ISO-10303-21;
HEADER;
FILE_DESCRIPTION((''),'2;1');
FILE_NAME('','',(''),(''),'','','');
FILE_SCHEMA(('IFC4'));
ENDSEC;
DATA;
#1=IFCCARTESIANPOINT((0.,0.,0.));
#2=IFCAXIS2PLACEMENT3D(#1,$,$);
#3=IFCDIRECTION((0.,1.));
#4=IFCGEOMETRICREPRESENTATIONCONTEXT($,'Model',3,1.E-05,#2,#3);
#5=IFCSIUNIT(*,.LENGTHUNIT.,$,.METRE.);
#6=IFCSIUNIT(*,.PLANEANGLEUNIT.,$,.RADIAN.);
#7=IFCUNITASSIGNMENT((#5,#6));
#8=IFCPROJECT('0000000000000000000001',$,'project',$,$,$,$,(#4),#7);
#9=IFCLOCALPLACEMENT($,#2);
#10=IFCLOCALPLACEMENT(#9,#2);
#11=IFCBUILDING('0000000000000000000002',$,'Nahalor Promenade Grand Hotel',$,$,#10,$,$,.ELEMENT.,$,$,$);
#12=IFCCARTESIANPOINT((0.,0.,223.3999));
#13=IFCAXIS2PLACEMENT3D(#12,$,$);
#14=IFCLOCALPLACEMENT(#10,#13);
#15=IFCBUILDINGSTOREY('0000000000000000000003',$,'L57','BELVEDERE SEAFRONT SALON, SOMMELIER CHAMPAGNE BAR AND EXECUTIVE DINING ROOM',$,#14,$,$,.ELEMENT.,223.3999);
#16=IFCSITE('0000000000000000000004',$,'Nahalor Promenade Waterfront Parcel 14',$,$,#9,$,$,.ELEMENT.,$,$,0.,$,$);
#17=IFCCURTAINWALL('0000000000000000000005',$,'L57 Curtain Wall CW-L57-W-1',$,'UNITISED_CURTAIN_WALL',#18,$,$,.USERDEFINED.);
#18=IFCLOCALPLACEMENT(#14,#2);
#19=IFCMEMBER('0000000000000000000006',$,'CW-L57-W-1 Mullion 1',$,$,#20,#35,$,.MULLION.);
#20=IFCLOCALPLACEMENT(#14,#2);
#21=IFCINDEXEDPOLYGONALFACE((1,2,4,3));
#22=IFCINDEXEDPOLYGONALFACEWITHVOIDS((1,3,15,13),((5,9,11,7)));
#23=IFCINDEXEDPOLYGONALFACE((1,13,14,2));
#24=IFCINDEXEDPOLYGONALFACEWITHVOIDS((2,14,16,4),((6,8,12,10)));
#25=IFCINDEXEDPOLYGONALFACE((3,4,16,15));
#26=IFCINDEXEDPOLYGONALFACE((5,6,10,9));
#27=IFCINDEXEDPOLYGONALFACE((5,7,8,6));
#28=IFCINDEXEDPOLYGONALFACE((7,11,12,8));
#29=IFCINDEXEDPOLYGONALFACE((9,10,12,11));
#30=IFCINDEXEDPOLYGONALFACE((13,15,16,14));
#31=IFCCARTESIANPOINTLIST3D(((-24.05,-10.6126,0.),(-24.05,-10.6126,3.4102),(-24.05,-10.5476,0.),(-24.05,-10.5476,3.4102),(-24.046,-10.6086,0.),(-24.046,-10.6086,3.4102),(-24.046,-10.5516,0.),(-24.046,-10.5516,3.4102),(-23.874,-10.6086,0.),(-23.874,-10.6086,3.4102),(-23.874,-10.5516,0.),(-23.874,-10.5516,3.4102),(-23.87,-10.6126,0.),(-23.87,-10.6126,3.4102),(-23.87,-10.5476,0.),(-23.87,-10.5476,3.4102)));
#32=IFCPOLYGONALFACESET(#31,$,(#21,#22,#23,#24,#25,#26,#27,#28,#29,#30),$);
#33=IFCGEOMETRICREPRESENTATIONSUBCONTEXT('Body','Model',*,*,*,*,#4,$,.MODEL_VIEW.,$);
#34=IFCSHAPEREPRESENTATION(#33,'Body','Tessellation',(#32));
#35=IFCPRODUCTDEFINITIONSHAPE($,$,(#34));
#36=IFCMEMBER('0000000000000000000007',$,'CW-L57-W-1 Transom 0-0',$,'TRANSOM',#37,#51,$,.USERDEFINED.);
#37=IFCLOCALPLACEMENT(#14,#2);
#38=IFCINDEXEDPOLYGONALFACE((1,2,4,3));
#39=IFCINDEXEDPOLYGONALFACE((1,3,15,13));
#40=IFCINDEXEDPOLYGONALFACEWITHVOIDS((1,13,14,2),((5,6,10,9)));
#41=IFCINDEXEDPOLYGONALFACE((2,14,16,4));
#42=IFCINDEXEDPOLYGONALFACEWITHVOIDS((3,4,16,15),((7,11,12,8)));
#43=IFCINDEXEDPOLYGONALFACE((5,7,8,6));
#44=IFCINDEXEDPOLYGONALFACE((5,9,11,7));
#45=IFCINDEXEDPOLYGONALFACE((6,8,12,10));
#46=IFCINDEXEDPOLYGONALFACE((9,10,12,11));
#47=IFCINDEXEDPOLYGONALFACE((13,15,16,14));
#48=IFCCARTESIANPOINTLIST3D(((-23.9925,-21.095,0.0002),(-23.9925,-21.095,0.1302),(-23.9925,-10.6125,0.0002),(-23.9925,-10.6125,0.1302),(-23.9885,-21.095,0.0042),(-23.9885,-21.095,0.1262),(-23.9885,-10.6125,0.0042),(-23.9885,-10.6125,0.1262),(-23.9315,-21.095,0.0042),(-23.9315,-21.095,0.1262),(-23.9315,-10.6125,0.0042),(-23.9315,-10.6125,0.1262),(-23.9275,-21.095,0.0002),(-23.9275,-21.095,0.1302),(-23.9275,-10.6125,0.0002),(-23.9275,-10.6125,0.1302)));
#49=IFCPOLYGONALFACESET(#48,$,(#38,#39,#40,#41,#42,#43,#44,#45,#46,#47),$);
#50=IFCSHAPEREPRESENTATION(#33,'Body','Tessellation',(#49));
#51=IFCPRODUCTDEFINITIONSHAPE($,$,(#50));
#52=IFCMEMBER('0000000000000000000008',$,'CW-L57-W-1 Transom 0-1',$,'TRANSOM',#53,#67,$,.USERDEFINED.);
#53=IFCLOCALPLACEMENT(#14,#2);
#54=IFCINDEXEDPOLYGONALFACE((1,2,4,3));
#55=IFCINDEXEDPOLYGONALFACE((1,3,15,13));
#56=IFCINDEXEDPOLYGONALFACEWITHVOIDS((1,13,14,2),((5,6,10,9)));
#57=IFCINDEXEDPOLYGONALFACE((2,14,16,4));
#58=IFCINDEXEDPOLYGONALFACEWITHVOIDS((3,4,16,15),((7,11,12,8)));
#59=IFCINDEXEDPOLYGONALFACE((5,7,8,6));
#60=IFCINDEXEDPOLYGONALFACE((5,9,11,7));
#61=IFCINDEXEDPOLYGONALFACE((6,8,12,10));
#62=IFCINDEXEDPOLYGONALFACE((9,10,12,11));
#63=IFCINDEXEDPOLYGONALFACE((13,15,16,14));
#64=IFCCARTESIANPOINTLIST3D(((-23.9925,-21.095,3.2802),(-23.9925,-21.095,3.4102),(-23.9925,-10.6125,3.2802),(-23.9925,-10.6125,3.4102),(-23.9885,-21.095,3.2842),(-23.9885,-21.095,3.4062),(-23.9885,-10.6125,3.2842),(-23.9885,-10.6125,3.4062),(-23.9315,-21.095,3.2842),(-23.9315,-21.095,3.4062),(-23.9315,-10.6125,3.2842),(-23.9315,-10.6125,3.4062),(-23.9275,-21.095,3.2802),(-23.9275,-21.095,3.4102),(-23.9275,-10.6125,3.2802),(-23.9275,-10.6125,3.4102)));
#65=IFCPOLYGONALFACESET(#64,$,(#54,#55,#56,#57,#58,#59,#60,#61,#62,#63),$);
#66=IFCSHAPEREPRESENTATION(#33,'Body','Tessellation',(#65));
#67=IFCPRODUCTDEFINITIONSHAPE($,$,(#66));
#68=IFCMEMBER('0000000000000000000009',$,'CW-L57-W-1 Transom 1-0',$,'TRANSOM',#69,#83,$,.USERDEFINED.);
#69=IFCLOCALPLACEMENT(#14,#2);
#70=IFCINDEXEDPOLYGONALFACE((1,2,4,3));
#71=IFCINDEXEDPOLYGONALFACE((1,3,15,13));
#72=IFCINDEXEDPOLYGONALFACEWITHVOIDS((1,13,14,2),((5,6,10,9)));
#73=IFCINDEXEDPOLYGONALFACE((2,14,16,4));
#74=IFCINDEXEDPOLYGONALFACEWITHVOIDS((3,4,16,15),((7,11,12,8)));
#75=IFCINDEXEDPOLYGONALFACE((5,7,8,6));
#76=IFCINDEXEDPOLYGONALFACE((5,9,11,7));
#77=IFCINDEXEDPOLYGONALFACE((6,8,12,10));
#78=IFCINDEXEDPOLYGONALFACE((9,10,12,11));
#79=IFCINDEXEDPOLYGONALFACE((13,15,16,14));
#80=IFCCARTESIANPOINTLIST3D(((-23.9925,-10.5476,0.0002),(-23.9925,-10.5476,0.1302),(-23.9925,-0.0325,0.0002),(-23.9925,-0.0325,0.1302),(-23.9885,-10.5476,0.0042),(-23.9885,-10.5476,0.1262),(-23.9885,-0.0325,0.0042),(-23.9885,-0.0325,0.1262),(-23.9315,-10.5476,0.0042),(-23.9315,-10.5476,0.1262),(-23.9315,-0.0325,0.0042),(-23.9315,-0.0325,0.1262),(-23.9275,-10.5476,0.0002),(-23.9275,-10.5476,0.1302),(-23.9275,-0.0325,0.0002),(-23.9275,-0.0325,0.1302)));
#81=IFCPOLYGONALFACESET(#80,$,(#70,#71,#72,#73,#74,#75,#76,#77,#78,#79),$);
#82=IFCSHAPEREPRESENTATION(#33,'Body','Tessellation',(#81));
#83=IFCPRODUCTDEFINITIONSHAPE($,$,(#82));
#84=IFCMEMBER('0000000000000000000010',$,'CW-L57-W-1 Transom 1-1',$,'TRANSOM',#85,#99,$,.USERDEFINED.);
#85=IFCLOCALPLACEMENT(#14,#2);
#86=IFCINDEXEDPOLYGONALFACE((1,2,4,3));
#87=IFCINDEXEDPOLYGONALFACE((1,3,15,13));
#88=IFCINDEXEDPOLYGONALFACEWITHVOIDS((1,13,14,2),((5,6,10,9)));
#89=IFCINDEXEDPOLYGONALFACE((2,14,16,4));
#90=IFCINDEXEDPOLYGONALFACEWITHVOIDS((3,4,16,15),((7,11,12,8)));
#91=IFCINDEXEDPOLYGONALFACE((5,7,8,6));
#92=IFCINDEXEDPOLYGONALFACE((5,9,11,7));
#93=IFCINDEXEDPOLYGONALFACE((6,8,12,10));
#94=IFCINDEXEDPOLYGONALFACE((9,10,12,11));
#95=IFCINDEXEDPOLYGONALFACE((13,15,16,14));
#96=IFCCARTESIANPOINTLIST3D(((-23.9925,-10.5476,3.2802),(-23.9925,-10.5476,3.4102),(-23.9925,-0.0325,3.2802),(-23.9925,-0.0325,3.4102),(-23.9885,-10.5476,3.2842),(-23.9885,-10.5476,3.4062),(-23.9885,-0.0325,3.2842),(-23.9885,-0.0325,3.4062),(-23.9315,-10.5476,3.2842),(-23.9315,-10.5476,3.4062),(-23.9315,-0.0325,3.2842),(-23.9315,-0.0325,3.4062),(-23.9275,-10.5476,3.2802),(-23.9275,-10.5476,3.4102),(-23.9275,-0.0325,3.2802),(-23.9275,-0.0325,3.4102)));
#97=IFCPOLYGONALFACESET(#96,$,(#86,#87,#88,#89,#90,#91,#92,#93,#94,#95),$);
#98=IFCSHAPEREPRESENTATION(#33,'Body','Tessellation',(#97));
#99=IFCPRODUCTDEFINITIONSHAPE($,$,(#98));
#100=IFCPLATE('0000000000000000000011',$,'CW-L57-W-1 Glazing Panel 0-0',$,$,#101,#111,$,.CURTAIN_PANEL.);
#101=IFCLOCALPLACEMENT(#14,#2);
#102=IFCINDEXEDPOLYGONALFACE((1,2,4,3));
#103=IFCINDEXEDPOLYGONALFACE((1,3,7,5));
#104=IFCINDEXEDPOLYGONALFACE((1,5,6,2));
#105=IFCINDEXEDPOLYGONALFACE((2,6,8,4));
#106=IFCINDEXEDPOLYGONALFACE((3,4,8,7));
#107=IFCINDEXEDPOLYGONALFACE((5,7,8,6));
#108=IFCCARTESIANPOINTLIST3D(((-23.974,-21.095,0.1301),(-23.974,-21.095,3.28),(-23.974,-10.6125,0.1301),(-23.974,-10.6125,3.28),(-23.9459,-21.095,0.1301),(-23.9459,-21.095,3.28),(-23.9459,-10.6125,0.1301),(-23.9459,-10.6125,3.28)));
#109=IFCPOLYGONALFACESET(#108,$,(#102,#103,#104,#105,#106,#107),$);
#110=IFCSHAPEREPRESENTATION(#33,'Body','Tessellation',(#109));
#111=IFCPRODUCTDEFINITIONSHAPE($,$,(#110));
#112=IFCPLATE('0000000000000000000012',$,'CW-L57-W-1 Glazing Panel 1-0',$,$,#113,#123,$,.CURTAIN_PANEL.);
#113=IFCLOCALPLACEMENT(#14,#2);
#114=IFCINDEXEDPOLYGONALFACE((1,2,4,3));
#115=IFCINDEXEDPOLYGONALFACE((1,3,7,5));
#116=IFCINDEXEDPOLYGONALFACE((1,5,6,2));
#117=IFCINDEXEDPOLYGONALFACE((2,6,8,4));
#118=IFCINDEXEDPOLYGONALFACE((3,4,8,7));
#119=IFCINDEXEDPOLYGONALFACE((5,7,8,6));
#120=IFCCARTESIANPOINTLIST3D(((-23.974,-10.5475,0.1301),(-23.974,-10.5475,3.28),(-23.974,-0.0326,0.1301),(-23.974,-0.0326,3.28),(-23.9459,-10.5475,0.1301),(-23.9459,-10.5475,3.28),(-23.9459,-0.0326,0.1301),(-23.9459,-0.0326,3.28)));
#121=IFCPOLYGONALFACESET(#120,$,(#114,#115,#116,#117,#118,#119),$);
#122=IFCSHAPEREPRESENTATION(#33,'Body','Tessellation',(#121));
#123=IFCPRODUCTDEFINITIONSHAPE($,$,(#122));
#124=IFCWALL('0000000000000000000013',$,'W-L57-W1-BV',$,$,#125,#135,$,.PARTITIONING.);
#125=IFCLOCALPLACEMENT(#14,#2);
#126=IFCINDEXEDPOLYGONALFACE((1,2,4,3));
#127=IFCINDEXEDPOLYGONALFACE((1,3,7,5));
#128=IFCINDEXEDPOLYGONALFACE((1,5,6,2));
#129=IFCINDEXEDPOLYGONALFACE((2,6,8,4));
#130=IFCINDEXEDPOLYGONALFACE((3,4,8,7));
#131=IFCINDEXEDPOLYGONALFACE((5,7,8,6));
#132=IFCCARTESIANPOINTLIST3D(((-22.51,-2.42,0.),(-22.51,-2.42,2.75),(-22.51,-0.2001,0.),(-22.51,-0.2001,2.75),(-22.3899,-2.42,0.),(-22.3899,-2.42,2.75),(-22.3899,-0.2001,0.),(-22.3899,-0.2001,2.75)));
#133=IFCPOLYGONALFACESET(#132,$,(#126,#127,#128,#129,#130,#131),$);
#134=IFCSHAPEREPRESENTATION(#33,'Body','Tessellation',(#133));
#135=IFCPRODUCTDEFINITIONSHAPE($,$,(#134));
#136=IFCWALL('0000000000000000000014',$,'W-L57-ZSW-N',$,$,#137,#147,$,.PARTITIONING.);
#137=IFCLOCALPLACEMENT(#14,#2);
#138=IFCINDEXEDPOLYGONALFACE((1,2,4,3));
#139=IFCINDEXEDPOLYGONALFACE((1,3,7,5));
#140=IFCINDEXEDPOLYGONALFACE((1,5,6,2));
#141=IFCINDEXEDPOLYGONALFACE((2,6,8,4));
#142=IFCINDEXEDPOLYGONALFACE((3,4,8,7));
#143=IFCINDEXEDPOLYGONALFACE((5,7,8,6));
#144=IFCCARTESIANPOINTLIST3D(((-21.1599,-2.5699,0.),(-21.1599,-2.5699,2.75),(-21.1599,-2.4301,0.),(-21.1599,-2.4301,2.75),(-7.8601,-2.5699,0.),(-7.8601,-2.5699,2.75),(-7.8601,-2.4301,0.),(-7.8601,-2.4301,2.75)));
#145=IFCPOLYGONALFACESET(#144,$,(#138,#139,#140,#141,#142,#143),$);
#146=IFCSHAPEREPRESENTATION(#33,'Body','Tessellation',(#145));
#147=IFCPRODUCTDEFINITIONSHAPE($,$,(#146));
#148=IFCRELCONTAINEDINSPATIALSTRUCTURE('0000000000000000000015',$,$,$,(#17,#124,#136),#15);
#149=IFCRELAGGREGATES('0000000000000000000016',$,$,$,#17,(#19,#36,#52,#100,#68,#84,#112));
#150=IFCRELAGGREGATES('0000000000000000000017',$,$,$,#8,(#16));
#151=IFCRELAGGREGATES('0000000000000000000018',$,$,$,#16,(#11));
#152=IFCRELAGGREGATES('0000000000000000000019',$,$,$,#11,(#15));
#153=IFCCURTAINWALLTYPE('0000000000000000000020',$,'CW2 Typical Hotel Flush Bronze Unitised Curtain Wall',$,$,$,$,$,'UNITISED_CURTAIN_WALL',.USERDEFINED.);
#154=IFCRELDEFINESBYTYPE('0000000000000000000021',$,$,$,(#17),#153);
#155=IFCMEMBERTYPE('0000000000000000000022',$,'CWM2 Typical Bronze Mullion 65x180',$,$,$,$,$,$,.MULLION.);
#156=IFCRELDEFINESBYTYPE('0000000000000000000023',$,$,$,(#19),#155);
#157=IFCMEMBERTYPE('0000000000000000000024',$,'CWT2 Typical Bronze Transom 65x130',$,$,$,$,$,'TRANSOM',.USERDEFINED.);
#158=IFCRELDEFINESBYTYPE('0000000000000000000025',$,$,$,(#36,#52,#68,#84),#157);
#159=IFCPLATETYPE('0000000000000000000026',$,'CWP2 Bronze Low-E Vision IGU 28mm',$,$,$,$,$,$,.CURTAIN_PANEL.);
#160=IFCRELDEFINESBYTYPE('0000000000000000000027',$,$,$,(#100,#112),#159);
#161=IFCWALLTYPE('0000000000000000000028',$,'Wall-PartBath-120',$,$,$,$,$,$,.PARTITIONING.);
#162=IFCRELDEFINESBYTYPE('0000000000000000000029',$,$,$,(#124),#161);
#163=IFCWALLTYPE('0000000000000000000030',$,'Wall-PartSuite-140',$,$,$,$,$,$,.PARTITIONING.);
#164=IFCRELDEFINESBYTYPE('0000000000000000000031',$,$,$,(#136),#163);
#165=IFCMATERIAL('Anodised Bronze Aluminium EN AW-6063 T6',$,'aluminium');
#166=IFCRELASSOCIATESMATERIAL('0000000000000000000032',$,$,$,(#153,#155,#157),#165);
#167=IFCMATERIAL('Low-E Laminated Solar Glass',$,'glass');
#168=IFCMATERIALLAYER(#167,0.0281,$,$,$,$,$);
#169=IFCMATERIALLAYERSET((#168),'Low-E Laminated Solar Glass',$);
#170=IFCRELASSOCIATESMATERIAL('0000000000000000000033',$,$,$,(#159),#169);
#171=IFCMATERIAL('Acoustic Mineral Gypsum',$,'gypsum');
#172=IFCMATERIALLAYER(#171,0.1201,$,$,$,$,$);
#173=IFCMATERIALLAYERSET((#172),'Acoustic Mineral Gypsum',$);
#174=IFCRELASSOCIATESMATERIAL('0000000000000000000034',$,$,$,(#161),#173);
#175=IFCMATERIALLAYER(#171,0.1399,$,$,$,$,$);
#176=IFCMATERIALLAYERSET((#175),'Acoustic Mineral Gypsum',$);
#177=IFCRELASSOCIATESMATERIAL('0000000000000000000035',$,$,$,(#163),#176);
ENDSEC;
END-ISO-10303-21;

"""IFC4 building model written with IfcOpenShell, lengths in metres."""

from ifc_helpers import new_model, si_unit, direction, frame, frame_2d, origin, origin_2d, place, context, subcontext, project, spatial, rectangle, hollow_rectangle, extrude, source, transform, mapped, material, layer, layer_set, material_profile, profile_set, type_object, element, aggregate, save


model = new_model("IFC4")

# Units and contexts
model_context = context("Model", 3, precision=1e-05, world=origin(), true_north=direction((0.0, 1.0)))
body_context = subcontext(model_context, "Body", "Model", "MODEL_VIEW")
ifc_project = project(units=[si_unit("LENGTHUNIT", "METRE"), si_unit("PLANEANGLEUNIT", "RADIAN")], contexts=[model_context])

# Site, building, storey
site_placement = place(None, origin())
site = spatial("IfcSite", under=ifc_project, at=site_placement, Name="Nahalor Promenade Waterfront Parcel 14", CompositionType="ELEMENT", RefElevation=0.0)
building_placement = place(site_placement, origin())
building = spatial("IfcBuilding", under=site, at=building_placement, Name="Nahalor Promenade Grand Hotel", CompositionType="ELEMENT")
storey_placement = place(building_placement, frame((0.0, 0.0, 223.3999)))
storey = spatial("IfcBuildingStorey", under=building, at=storey_placement, Name="L57", Description="BELVEDERE SEAFRONT SALON, SOMMELIER CHAMPAGNE BAR AND EXECUTIVE DINING ROOM", CompositionType="ELEMENT", Elevation=223.3999)

# Curtain wall, members, plates
ifc_material_1 = material(Name="Anodised Bronze Aluminium EN AW-6063 T6", Category="aluminium")
curtain_wall_type = type_object("IfcCurtainWallType", Name="CW2 Typical Hotel Flush Bronze Unitised Curtain Wall", ElementType="UNITISED_CURTAIN_WALL", PredefinedType="USERDEFINED", material=ifc_material_1)
curtain_wall_placement = place(storey_placement, origin())
curtain_wall = element("IfcCurtainWall", 1, at=curtain_wall_placement, inside=storey, type_object=curtain_wall_type, Name="L57 Curtain Wall CW-L57-W-1", ObjectType="UNITISED_CURTAIN_WALL", PredefinedType="USERDEFINED")
ifc_material_profile_1 = material_profile(ifc_material_1, hollow_rectangle(XDim=0.065, YDim=0.18, WallThickness=0.004, at=origin_2d()), Name="CWM 65x180x4")
ifc_profile_set_1 = profile_set([ifc_material_profile_1], Name="Anodised Bronze Aluminium EN AW-6063 T6")
member_type_1 = type_object("IfcMemberType", Name="CWM2 Typical Bronze Mullion 65x180", PredefinedType="MULLION", material=ifc_profile_set_1)
shared_shape_1 = source(origin(), body_context, "Body", "SweptSolid", [
    extrude(hollow_rectangle(XDim=0.065, YDim=0.18, WallThickness=0.004, at=origin_2d()), origin(), (0.0, 0.0, 1.0), 3.4102),
])
member_1_placement = place(storey_placement, frame((-23.96, -10.5801, 0.0), z_axis=(0.0, 0.0, 1.0), x_axis=(0.0, 1.0, 0.0)))
member_1 = element("IfcMember", 2, at=member_1_placement, type_object=member_type_1, Name="CW-L57-W-1 Mullion 1", PredefinedType="MULLION", context=body_context, shape_type="MappedRepresentation", body=[
    mapped(shared_shape_1, transform((0.0, 0.0, 0.0), scale=1.0)),
])
ifc_material_profile_2 = material_profile(ifc_material_1, hollow_rectangle(XDim=0.065, YDim=0.13, WallThickness=0.004, at=origin_2d()), Name="CWT 65x130x4")
ifc_profile_set_2 = profile_set([ifc_material_profile_2], Name="Anodised Bronze Aluminium EN AW-6063 T6")
member_type_2 = type_object("IfcMemberType", Name="CWT2 Typical Bronze Transom 65x130", ElementType="TRANSOM", PredefinedType="USERDEFINED", material=ifc_profile_set_2)
shared_shape_2 = source(origin(), body_context, "Body", "SweptSolid", [
    extrude(hollow_rectangle(XDim=0.065, YDim=0.13, WallThickness=0.004, at=origin_2d()), origin(), (0.0, 0.0, 1.0), 10.4824),
])
member_2_placement = place(storey_placement, frame((-23.96, -21.095, 0.0652), z_axis=(0.0, 1.0, 0.0), x_axis=(-1.0, 0.0, 0.0)))
member_2 = element("IfcMember", 3, at=member_2_placement, type_object=member_type_2, Name="CW-L57-W-1 Transom 0-0", ObjectType="TRANSOM", PredefinedType="USERDEFINED", context=body_context, shape_type="MappedRepresentation", body=[
    mapped(shared_shape_2, transform((0.0, 0.0, 0.0), scale=1.0)),
])
member_3_placement = place(storey_placement, frame((-23.96, -21.095, 3.3452), z_axis=(0.0, 1.0, 0.0), x_axis=(-1.0, 0.0, 0.0)))
member_3 = element("IfcMember", 4, at=member_3_placement, type_object=member_type_2, Name="CW-L57-W-1 Transom 0-1", ObjectType="TRANSOM", PredefinedType="USERDEFINED", context=body_context, shape_type="MappedRepresentation", body=[
    mapped(shared_shape_2, transform((0.0, 0.0, 0.0), scale=1.0)),
])
shared_shape_3 = source(origin(), body_context, "Body", "SweptSolid", [
    extrude(hollow_rectangle(XDim=0.065, YDim=0.13, WallThickness=0.004, at=origin_2d()), origin(), (0.0, 0.0, 1.0), 10.5151),
])
member_4_placement = place(storey_placement, frame((-23.96, -10.5476, 0.0652), z_axis=(0.0, 1.0, 0.0), x_axis=(-1.0, 0.0, 0.0)))
member_4 = element("IfcMember", 5, at=member_4_placement, type_object=member_type_2, Name="CW-L57-W-1 Transom 1-0", ObjectType="TRANSOM", PredefinedType="USERDEFINED", context=body_context, shape_type="MappedRepresentation", body=[
    mapped(shared_shape_3, transform((0.0, 0.0, 0.0), scale=1.0)),
])
member_5_placement = place(storey_placement, frame((-23.96, -10.5476, 3.3452), z_axis=(0.0, 1.0, 0.0), x_axis=(-1.0, 0.0, 0.0)))
member_5 = element("IfcMember", 6, at=member_5_placement, type_object=member_type_2, Name="CW-L57-W-1 Transom 1-1", ObjectType="TRANSOM", PredefinedType="USERDEFINED", context=body_context, shape_type="MappedRepresentation", body=[
    mapped(shared_shape_3, transform((0.0, 0.0, 0.0), scale=1.0)),
])
ifc_material_2 = material(Name="Low-E Laminated Solar Glass", Category="glass")
ifc_layer_1 = layer(ifc_material_2, 0.0281)
ifc_layer_set_1 = layer_set([ifc_layer_1], Name="Low-E Laminated Solar Glass")
plate_type = type_object("IfcPlateType", Name="CWP2 Bronze Low-E Vision IGU 28mm", PredefinedType="CURTAIN_PANEL", material=ifc_layer_set_1)
shared_shape_4 = source(origin(), body_context, "Body", "SweptSolid", [
    extrude(rectangle(XDim=10.4824, YDim=0.0281, at=origin_2d()), origin(), (0.0, 0.0, 1.0), 3.1499),
])
plate_1_placement = place(storey_placement, frame((-23.96, -15.8538, 0.1301), z_axis=(0.0, 0.0, 1.0), x_axis=(0.0, 1.0, 0.0)))
plate_1 = element("IfcPlate", 7, at=plate_1_placement, type_object=plate_type, Name="CW-L57-W-1 Glazing Panel 0-0", PredefinedType="CURTAIN_PANEL", context=body_context, shape_type="MappedRepresentation", body=[
    mapped(shared_shape_4, transform((0.0, 0.0, 0.0), scale=1.0)),
])
shared_shape_5 = source(origin(), body_context, "Body", "SweptSolid", [
    extrude(rectangle(XDim=10.5149, YDim=0.0281, at=origin_2d()), origin(), (0.0, 0.0, 1.0), 3.1499),
])
plate_2_placement = place(storey_placement, frame((-23.96, -5.29, 0.1301), z_axis=(0.0, 0.0, 1.0), x_axis=(0.0, 1.0, 0.0)))
plate_2 = element("IfcPlate", 8, at=plate_2_placement, type_object=plate_type, Name="CW-L57-W-1 Glazing Panel 1-0", PredefinedType="CURTAIN_PANEL", context=body_context, shape_type="MappedRepresentation", body=[
    mapped(shared_shape_5, transform((0.0, 0.0, 0.0), scale=1.0)),
])
aggregate(curtain_wall, [member_1, member_2, member_3, plate_1, member_4, member_5, plate_2])

# Walls
ifc_material_3 = material(Name="Acoustic Mineral Gypsum", Category="gypsum")
ifc_layer_2 = layer(ifc_material_3, 0.1201)
ifc_layer_set_2 = layer_set([ifc_layer_2], Name="Acoustic Mineral Gypsum")
wall_type_1 = type_object("IfcWallType", Name="Wall-PartBath-120", PredefinedType="PARTITIONING", material=ifc_layer_set_2)
shared_shape_6 = source(origin(), body_context, "Body", "SweptSolid", [
    extrude(rectangle(XDim=2.22, YDim=0.1201, at=frame_2d((1.1099, 0.0))), origin(), (0.0, 0.0, 1.0), 2.75),
])
wall_1_placement = place(storey_placement, frame((-22.45, -2.4199, 0.0), z_axis=(0.0, 0.0, 1.0), x_axis=(0.0, 1.0, 0.0)))
element("IfcWall", 9, at=wall_1_placement, inside=storey, type_object=wall_type_1, Name="W-L57-W1-BV", PredefinedType="PARTITIONING", context=body_context, shape_type="MappedRepresentation", body=[
    mapped(shared_shape_6, transform((0.0, 0.0, 0.0), scale=1.0)),
])
ifc_layer_3 = layer(ifc_material_3, 0.1399)
ifc_layer_set_3 = layer_set([ifc_layer_3], Name="Acoustic Mineral Gypsum")
wall_type_2 = type_object("IfcWallType", Name="Wall-PartSuite-140", PredefinedType="PARTITIONING", material=ifc_layer_set_3)
shared_shape_7 = source(origin(), body_context, "Body", "SweptSolid", [
    extrude(rectangle(XDim=13.2998, YDim=0.1399, at=frame_2d((6.6499, 0.0))), origin(), (0.0, 0.0, 1.0), 2.75),
])
wall_2_placement = place(storey_placement, frame((-21.1599, -2.5, 0.0), z_axis=(0.0, 0.0, 1.0), x_axis=(1.0, 0.0, 0.0)))
element("IfcWall", 10, at=wall_2_placement, inside=storey, type_object=wall_type_2, Name="W-L57-ZSW-N", PredefinedType="PARTITIONING", context=body_context, shape_type="MappedRepresentation", body=[
    mapped(shared_shape_7, transform((0.0, 0.0, 0.0), scale=1.0)),
])

save(model, "model.ifc")
